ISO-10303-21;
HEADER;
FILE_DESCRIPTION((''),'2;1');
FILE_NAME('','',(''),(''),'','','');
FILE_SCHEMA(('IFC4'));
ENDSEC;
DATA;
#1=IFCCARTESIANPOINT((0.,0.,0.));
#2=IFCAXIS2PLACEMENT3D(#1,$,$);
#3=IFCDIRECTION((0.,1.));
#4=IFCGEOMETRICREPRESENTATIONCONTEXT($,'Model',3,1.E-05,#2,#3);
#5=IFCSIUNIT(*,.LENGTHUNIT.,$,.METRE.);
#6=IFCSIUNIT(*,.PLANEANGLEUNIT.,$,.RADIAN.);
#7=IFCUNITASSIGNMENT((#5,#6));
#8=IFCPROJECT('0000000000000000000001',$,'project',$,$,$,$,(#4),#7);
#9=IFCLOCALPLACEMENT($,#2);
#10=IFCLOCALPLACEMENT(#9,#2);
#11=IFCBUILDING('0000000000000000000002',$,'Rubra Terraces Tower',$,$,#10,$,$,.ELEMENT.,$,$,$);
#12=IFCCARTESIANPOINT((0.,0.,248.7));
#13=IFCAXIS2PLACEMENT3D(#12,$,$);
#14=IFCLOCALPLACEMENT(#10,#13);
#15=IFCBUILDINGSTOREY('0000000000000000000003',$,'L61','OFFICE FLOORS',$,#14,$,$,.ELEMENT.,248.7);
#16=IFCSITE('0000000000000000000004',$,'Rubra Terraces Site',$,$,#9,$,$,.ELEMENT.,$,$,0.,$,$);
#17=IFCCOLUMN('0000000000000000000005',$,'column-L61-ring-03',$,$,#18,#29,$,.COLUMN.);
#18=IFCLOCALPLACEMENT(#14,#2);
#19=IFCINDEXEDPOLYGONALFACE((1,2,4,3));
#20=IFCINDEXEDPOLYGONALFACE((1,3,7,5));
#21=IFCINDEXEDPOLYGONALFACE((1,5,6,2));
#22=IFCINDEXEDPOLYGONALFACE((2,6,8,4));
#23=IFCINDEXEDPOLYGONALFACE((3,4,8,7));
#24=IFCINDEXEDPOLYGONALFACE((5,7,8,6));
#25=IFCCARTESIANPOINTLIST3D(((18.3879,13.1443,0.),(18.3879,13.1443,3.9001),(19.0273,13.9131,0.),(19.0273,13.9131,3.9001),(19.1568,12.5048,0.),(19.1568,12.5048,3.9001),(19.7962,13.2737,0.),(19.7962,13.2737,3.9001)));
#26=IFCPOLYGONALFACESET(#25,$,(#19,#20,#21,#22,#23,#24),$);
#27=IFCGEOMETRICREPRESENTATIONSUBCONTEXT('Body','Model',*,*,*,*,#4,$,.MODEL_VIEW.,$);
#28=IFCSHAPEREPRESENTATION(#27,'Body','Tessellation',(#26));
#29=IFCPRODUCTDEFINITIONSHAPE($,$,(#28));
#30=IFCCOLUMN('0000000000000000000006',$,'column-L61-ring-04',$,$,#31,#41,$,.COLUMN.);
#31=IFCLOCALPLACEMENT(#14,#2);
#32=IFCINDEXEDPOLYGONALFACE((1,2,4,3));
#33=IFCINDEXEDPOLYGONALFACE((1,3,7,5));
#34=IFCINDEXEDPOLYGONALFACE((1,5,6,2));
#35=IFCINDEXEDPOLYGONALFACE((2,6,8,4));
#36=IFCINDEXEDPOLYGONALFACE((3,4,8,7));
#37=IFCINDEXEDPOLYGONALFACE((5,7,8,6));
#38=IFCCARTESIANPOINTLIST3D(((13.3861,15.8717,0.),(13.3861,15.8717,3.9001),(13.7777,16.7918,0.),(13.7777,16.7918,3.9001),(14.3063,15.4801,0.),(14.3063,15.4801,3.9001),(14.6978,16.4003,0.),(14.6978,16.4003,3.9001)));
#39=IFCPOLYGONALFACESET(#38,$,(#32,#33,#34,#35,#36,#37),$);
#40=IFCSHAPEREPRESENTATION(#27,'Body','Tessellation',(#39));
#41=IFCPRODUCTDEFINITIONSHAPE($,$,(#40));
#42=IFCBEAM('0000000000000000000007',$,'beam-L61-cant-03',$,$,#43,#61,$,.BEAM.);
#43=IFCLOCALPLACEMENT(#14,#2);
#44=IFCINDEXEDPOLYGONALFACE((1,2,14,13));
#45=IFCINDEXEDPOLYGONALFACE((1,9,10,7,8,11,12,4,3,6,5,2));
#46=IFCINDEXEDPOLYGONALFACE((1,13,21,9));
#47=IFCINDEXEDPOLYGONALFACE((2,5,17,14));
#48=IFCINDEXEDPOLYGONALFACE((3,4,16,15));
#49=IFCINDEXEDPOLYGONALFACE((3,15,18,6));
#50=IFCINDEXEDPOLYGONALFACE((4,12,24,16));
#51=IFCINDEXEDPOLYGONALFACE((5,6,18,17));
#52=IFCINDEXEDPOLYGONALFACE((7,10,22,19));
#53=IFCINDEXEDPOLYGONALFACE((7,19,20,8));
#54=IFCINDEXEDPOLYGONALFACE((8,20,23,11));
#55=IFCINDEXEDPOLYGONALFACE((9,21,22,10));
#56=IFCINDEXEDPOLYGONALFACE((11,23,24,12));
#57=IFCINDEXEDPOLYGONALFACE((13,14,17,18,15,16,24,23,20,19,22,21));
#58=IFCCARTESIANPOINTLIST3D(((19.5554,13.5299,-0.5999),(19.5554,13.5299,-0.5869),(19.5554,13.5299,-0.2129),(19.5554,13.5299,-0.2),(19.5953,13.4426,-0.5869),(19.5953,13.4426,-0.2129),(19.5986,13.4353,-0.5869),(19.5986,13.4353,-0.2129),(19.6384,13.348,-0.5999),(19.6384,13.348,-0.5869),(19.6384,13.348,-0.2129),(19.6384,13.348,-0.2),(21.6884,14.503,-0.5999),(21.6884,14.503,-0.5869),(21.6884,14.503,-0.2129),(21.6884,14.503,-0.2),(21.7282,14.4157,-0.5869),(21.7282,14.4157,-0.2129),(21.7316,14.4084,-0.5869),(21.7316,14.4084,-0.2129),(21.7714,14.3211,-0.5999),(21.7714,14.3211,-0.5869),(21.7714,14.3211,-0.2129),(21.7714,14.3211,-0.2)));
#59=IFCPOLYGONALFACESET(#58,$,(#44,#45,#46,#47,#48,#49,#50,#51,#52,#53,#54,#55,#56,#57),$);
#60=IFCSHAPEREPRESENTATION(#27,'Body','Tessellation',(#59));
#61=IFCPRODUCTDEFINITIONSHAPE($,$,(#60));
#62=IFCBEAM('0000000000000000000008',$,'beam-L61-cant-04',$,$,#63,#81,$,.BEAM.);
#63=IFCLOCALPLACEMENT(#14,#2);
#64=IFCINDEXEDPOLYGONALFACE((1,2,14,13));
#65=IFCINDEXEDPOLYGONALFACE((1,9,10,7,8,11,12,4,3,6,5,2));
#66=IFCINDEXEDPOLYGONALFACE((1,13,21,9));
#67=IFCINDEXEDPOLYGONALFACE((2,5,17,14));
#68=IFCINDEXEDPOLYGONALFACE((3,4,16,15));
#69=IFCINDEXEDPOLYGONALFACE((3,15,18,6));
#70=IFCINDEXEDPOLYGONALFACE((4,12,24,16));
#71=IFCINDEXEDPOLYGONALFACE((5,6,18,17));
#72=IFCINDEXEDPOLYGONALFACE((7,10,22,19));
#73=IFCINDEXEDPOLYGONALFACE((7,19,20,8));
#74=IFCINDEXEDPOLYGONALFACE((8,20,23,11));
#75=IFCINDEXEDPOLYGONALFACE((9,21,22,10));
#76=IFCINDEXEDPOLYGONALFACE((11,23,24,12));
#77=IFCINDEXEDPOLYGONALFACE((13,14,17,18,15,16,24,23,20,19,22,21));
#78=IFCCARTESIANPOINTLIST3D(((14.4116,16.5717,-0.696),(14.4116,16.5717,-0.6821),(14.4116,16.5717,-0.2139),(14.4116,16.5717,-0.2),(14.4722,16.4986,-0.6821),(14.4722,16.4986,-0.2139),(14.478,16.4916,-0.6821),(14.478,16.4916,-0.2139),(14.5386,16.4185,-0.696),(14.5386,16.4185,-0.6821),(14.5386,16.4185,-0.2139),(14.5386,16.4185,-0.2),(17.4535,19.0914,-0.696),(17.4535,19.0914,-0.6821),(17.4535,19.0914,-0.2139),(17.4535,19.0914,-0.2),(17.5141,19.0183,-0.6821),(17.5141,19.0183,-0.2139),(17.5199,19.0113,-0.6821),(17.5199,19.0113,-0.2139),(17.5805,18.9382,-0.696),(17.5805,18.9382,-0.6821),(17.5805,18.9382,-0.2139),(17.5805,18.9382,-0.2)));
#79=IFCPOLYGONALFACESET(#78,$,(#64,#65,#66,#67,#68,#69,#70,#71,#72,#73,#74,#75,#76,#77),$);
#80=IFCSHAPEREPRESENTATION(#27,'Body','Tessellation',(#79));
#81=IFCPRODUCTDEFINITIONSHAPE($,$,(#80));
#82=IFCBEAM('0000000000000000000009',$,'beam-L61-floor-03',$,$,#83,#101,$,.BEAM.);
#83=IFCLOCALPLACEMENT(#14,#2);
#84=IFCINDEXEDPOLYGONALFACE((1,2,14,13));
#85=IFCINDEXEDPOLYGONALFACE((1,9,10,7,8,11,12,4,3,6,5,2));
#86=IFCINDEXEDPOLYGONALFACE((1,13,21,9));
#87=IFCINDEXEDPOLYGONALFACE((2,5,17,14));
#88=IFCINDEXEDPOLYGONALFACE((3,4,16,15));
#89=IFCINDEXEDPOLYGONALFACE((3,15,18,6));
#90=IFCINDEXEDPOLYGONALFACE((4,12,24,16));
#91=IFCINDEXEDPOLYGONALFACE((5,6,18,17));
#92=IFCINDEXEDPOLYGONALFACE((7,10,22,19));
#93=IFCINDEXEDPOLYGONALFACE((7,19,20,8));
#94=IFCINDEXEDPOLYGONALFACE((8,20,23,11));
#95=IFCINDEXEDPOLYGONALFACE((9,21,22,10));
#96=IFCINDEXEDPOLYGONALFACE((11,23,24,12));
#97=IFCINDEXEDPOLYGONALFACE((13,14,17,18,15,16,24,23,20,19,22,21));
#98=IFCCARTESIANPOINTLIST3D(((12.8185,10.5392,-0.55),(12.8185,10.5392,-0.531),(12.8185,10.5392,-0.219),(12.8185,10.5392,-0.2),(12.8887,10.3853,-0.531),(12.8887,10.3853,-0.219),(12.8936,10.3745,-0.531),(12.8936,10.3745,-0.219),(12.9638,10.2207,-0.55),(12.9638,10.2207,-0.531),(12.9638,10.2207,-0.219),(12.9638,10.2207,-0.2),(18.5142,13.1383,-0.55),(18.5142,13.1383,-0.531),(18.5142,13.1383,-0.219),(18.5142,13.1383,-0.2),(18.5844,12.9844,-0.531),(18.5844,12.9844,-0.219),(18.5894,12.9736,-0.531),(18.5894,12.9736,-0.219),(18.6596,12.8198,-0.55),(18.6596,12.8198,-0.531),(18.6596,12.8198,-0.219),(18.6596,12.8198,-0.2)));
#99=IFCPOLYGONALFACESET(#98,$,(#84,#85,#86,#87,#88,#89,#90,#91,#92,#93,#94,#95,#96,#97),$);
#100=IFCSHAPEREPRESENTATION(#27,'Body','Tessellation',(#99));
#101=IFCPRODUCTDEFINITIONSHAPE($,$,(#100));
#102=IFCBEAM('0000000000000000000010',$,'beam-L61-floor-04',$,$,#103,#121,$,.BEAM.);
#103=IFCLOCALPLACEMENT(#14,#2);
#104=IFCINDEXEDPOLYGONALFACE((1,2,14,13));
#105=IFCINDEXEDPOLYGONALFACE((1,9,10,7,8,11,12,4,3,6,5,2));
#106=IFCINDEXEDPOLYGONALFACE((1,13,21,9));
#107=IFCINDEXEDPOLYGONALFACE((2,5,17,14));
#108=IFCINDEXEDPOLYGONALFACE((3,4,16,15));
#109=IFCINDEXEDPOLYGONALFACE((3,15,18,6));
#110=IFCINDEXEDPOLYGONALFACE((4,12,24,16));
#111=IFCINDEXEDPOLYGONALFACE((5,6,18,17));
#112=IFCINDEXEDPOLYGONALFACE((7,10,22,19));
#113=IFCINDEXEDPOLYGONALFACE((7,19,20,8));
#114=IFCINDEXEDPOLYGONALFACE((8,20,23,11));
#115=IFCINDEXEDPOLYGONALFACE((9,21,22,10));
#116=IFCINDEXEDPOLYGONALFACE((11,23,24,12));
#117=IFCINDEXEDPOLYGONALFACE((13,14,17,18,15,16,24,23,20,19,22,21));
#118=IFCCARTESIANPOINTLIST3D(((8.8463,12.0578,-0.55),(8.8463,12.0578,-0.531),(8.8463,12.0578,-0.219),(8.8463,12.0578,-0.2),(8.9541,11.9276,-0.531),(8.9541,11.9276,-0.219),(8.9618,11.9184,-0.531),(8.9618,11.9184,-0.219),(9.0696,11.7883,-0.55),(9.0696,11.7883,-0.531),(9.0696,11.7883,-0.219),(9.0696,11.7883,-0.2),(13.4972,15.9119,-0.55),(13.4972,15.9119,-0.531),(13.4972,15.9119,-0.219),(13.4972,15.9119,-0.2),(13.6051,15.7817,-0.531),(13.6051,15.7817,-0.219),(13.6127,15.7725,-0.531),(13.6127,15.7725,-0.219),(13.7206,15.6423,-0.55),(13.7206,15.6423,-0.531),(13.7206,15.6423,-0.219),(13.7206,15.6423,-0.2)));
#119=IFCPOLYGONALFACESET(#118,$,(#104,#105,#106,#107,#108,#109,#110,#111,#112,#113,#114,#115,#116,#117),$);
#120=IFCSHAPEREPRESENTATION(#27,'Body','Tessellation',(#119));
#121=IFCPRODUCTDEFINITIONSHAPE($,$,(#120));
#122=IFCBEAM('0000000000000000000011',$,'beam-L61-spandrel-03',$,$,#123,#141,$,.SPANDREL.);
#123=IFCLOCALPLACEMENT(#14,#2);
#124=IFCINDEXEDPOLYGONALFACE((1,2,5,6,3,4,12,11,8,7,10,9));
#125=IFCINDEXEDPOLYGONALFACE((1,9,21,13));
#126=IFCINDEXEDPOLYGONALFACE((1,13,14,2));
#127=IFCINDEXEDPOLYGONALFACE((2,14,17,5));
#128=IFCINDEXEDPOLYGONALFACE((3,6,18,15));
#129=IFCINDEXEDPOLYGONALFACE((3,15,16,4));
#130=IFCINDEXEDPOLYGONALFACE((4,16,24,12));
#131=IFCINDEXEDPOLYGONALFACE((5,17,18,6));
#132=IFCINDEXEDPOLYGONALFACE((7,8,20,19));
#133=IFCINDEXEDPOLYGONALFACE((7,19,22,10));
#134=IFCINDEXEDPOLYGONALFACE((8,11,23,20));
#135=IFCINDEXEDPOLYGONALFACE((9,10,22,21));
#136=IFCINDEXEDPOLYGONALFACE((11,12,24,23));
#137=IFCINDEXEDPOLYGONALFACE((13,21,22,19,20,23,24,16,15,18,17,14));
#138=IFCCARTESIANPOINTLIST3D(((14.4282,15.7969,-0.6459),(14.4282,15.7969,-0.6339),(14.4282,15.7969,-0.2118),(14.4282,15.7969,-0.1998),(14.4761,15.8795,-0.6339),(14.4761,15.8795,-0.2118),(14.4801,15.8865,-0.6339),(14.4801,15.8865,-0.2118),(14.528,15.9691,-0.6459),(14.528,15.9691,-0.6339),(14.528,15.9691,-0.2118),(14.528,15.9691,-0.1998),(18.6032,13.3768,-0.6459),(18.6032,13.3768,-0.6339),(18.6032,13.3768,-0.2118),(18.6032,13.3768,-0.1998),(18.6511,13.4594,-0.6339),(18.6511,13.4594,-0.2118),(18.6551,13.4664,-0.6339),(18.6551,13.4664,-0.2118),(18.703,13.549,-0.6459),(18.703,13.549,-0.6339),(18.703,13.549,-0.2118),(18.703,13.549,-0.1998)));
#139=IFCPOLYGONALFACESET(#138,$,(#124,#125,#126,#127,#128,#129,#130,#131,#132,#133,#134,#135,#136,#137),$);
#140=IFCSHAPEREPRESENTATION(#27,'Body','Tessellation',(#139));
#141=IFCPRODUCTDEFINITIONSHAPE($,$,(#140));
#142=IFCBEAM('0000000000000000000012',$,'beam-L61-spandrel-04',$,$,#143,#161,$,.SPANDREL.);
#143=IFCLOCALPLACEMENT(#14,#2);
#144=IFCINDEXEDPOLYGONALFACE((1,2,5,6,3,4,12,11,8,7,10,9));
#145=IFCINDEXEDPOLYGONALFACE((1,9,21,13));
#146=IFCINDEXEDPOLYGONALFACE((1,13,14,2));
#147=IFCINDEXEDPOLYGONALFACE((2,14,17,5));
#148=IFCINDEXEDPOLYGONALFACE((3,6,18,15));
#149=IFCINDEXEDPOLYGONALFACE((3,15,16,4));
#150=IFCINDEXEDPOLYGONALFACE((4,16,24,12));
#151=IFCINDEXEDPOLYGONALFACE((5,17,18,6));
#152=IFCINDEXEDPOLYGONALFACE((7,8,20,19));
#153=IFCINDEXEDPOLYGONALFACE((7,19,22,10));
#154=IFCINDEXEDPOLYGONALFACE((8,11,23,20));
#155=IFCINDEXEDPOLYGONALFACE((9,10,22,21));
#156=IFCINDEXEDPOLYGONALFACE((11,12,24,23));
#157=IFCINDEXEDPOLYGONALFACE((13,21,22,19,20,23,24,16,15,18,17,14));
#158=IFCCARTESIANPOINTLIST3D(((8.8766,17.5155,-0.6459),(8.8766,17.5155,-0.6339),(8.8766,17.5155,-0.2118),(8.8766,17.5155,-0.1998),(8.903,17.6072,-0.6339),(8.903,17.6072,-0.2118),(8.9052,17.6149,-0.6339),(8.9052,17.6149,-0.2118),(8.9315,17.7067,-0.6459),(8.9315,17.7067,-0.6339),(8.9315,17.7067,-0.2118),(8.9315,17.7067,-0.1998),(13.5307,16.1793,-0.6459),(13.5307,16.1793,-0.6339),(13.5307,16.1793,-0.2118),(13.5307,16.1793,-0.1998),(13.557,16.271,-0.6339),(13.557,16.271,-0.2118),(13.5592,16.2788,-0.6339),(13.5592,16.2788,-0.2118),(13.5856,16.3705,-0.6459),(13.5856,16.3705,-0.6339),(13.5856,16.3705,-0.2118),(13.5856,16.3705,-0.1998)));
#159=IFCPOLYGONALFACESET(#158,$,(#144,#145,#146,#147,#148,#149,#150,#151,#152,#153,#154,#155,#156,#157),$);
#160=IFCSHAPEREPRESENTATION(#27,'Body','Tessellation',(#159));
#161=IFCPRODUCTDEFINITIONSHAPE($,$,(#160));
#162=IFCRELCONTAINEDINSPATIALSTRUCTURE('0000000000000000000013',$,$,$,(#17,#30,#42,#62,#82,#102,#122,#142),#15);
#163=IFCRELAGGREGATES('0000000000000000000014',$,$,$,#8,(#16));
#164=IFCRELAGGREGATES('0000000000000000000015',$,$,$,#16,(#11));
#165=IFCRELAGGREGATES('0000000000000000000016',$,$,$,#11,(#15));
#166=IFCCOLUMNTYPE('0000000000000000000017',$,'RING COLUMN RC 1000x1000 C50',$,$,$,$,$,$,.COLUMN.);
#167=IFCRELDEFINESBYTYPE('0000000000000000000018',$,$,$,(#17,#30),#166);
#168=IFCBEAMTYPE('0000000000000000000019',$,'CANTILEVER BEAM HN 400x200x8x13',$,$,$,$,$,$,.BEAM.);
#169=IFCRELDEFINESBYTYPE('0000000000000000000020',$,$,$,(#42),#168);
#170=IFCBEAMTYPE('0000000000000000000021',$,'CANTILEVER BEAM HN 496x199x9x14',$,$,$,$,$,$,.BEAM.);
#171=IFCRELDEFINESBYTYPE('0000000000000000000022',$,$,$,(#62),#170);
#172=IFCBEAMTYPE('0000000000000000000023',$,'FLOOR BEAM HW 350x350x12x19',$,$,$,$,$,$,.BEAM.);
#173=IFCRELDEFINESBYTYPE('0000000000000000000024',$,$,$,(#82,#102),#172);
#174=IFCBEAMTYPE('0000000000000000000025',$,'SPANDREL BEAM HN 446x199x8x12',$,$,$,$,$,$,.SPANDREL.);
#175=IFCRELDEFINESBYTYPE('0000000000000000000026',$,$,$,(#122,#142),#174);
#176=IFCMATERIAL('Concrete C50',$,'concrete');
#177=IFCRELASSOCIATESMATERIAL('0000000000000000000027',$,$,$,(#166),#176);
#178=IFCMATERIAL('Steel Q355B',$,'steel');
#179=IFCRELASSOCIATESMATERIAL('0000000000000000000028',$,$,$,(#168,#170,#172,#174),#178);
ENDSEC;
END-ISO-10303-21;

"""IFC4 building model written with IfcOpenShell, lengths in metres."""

from ifc_helpers import new_model, si_unit, direction, frame, origin, origin_2d, place, context, subcontext, project, spatial, rectangle, i_section, extrude, material, material_profile, profile_set, type_object, element, save


model = new_model("IFC4")

# Units and contexts
model_context = context("Model", 3, precision=1e-05, world=origin(), true_north=direction((0.0, 1.0)))
body_context = subcontext(model_context, "Body", "Model", "MODEL_VIEW")
ifc_project = project(units=[si_unit("LENGTHUNIT", "METRE"), si_unit("PLANEANGLEUNIT", "RADIAN")], contexts=[model_context])

# Site, building, storey
site_placement = place(None, origin())
site = spatial("IfcSite", under=ifc_project, at=site_placement, Name="Rubra Terraces Site", CompositionType="ELEMENT", RefElevation=0.0)
building_placement = place(site_placement, origin())
building = spatial("IfcBuilding", under=site, at=building_placement, Name="Rubra Terraces Tower", CompositionType="ELEMENT")
storey_placement = place(building_placement, frame((0.0, 0.0, 248.7)))
storey = spatial("IfcBuildingStorey", under=building, at=storey_placement, Name="L61", Description="OFFICE FLOORS", CompositionType="ELEMENT", Elevation=248.7)

# Columns
ifc_material_1 = material(Name="Concrete C50", Category="concrete")
ifc_material_profile_1 = material_profile(ifc_material_1, rectangle(XDim=1.0, YDim=1.0, at=origin_2d()), Name="RC 1000x1000")
ifc_profile_set_1 = profile_set([ifc_material_profile_1], Name="Concrete C50")
column_type = type_object("IfcColumnType", Name="RING COLUMN RC 1000x1000 C50", PredefinedType="COLUMN", material=ifc_profile_set_1)
for number, where, z_axis, x_axis, name in (
    (1, (19.092, 13.209, 0.0), (0.0, 0.0, 1.0), (-0.76887, 0.639405, 0.0), "column-L61-ring-03"),
    (2, (14.042, 16.136, 0.0), (0.0, 0.0, 1.0), (-0.920168, 0.391524, 0.0), "column-L61-ring-04"),
):
    element("IfcColumn", number, at=place(storey_placement, frame(where, z_axis=z_axis, x_axis=x_axis)), inside=storey, type_object=column_type, Name=name, PredefinedType="COLUMN", context=body_context, shape_type="SweptSolid", body=[
        extrude(rectangle(XDim=1.0, YDim=1.0, at=origin_2d()), origin(), (0.0, 0.0, 1.0), 3.9001),
    ])

# Beams
ifc_material_2 = material(Name="Steel Q355B", Category="steel")
ifc_material_profile_2 = material_profile(ifc_material_2, i_section(OverallWidth=0.2, OverallDepth=0.3999, WebThickness=0.0081, FlangeThickness=0.0129, at=origin_2d()), Name="HN 400x200x8x13")
ifc_profile_set_2 = profile_set([ifc_material_profile_2], Name="Steel Q355B")
beam_type_1 = type_object("IfcBeamType", Name="CANTILEVER BEAM HN 400x200x8x13", PredefinedType="BEAM", material=ifc_profile_set_2)
beam_1_placement = place(storey_placement, frame((19.5969, 13.439, -0.3999), z_axis=(0.909791, 0.415066, 0.0), x_axis=(-0.415066, 0.909791, 0.0)))
element("IfcBeam", 3, at=beam_1_placement, inside=storey, type_object=beam_type_1, Name="beam-L61-cant-03", PredefinedType="BEAM", context=body_context, shape_type="SweptSolid", body=[
    extrude(i_section(OverallWidth=0.2, OverallDepth=0.3999, WebThickness=0.0081, FlangeThickness=0.0129, at=origin_2d()), origin(), (0.0, 0.0, 1.0), 2.3445),
])
ifc_material_profile_3 = material_profile(ifc_material_2, i_section(OverallWidth=0.199, OverallDepth=0.4961, WebThickness=0.009, FlangeThickness=0.0139, at=origin_2d()), Name="HN 496x199x9x14")
ifc_profile_set_3 = profile_set([ifc_material_profile_3], Name="Steel Q355B")
beam_type_2 = type_object("IfcBeamType", Name="CANTILEVER BEAM HN 496x199x9x14", PredefinedType="BEAM", material=ifc_profile_set_3)
beam_2_placement = place(storey_placement, frame((14.4751, 16.4951, -0.448), z_axis=(0.770113, 0.637908, 0.0), x_axis=(-0.637908, 0.770113, 0.0)))
element("IfcBeam", 4, at=beam_2_placement, inside=storey, type_object=beam_type_2, Name="beam-L61-cant-04", PredefinedType="BEAM", context=body_context, shape_type="SweptSolid", body=[
    extrude(i_section(OverallWidth=0.199, OverallDepth=0.4961, WebThickness=0.009, FlangeThickness=0.0139, at=origin_2d()), origin(), (0.0, 0.0, 1.0), 3.95),
])
ifc_material_profile_4 = material_profile(ifc_material_2, i_section(OverallWidth=0.3501, OverallDepth=0.3501, WebThickness=0.012, FlangeThickness=0.019, at=origin_2d()), Name="HW 350x350x12x19")
ifc_profile_set_4 = profile_set([ifc_material_profile_4], Name="Steel Q355B")
beam_type_3 = type_object("IfcBeamType", Name="FLOOR BEAM HW 350x350x12x19", PredefinedType="BEAM", material=ifc_profile_set_4)
beam_3_placement = place(storey_placement, frame((18.5869, 12.979, -0.375), z_axis=(-0.909757, -0.415142, 0.0), x_axis=(0.415142, -0.909757, 0.0)))
element("IfcBeam", 5, at=beam_3_placement, inside=storey, type_object=beam_type_3, Name="beam-L61-floor-03", PredefinedType="BEAM", context=body_context, shape_type="SweptSolid", body=[
    extrude(i_section(OverallWidth=0.3501, OverallDepth=0.3501, WebThickness=0.012, FlangeThickness=0.019, at=origin_2d()), origin(), (0.0, 0.0, 1.0), 6.2607),
])
beam_4_placement = place(storey_placement, frame((13.6089, 15.7771, -0.375), z_axis=(-0.769988, -0.638059, 0.0), x_axis=(0.638059, -0.769988, 0.0)))
element("IfcBeam", 6, at=beam_4_placement, inside=storey, type_object=beam_type_3, Name="beam-L61-floor-04", PredefinedType="BEAM", context=body_context, shape_type="SweptSolid", body=[
    extrude(i_section(OverallWidth=0.3501, OverallDepth=0.3501, WebThickness=0.012, FlangeThickness=0.019, at=origin_2d()), origin(), (0.0, 0.0, 1.0), 6.0403),
])
ifc_material_profile_5 = material_profile(ifc_material_2, i_section(OverallWidth=0.199, OverallDepth=0.446, WebThickness=0.0081, FlangeThickness=0.012, at=origin_2d()), Name="HN 446x199x8x12")
ifc_profile_set_5 = profile_set([ifc_material_profile_5], Name="Steel Q355B")
beam_type_4 = type_object("IfcBeamType", Name="SPANDREL BEAM HN 446x199x8x12", PredefinedType="SPANDREL", material=ifc_profile_set_5)
beam_5_placement = place(storey_placement, frame((18.6531, 13.4629, -0.4229), z_axis=(-0.865154, 0.501507, 0.0), x_axis=(-0.501507, -0.865154, 0.0)))
element("IfcBeam", 7, at=beam_5_placement, inside=storey, type_object=beam_type_4, Name="beam-L61-spandrel-03", PredefinedType="SPANDREL", context=body_context, shape_type="SweptSolid", body=[
    extrude(i_section(OverallWidth=0.199, OverallDepth=0.446, WebThickness=0.0081, FlangeThickness=0.012, at=origin_2d()), origin(), (0.0, 0.0, 1.0), 4.8257),
])
beam_6_placement = place(storey_placement, frame((13.5581, 16.2749, -0.4229), z_axis=(-0.961171, 0.275953, 0.0), x_axis=(-0.275953, -0.961171, 0.0)))
element("IfcBeam", 8, at=beam_6_placement, inside=storey, type_object=beam_type_4, Name="beam-L61-spandrel-04", PredefinedType="SPANDREL", context=body_context, shape_type="SweptSolid", body=[
    extrude(i_section(OverallWidth=0.199, OverallDepth=0.446, WebThickness=0.0081, FlangeThickness=0.012, at=origin_2d()), origin(), (0.0, 0.0, 1.0), 4.842),
])

save(model, "model.ifc")
